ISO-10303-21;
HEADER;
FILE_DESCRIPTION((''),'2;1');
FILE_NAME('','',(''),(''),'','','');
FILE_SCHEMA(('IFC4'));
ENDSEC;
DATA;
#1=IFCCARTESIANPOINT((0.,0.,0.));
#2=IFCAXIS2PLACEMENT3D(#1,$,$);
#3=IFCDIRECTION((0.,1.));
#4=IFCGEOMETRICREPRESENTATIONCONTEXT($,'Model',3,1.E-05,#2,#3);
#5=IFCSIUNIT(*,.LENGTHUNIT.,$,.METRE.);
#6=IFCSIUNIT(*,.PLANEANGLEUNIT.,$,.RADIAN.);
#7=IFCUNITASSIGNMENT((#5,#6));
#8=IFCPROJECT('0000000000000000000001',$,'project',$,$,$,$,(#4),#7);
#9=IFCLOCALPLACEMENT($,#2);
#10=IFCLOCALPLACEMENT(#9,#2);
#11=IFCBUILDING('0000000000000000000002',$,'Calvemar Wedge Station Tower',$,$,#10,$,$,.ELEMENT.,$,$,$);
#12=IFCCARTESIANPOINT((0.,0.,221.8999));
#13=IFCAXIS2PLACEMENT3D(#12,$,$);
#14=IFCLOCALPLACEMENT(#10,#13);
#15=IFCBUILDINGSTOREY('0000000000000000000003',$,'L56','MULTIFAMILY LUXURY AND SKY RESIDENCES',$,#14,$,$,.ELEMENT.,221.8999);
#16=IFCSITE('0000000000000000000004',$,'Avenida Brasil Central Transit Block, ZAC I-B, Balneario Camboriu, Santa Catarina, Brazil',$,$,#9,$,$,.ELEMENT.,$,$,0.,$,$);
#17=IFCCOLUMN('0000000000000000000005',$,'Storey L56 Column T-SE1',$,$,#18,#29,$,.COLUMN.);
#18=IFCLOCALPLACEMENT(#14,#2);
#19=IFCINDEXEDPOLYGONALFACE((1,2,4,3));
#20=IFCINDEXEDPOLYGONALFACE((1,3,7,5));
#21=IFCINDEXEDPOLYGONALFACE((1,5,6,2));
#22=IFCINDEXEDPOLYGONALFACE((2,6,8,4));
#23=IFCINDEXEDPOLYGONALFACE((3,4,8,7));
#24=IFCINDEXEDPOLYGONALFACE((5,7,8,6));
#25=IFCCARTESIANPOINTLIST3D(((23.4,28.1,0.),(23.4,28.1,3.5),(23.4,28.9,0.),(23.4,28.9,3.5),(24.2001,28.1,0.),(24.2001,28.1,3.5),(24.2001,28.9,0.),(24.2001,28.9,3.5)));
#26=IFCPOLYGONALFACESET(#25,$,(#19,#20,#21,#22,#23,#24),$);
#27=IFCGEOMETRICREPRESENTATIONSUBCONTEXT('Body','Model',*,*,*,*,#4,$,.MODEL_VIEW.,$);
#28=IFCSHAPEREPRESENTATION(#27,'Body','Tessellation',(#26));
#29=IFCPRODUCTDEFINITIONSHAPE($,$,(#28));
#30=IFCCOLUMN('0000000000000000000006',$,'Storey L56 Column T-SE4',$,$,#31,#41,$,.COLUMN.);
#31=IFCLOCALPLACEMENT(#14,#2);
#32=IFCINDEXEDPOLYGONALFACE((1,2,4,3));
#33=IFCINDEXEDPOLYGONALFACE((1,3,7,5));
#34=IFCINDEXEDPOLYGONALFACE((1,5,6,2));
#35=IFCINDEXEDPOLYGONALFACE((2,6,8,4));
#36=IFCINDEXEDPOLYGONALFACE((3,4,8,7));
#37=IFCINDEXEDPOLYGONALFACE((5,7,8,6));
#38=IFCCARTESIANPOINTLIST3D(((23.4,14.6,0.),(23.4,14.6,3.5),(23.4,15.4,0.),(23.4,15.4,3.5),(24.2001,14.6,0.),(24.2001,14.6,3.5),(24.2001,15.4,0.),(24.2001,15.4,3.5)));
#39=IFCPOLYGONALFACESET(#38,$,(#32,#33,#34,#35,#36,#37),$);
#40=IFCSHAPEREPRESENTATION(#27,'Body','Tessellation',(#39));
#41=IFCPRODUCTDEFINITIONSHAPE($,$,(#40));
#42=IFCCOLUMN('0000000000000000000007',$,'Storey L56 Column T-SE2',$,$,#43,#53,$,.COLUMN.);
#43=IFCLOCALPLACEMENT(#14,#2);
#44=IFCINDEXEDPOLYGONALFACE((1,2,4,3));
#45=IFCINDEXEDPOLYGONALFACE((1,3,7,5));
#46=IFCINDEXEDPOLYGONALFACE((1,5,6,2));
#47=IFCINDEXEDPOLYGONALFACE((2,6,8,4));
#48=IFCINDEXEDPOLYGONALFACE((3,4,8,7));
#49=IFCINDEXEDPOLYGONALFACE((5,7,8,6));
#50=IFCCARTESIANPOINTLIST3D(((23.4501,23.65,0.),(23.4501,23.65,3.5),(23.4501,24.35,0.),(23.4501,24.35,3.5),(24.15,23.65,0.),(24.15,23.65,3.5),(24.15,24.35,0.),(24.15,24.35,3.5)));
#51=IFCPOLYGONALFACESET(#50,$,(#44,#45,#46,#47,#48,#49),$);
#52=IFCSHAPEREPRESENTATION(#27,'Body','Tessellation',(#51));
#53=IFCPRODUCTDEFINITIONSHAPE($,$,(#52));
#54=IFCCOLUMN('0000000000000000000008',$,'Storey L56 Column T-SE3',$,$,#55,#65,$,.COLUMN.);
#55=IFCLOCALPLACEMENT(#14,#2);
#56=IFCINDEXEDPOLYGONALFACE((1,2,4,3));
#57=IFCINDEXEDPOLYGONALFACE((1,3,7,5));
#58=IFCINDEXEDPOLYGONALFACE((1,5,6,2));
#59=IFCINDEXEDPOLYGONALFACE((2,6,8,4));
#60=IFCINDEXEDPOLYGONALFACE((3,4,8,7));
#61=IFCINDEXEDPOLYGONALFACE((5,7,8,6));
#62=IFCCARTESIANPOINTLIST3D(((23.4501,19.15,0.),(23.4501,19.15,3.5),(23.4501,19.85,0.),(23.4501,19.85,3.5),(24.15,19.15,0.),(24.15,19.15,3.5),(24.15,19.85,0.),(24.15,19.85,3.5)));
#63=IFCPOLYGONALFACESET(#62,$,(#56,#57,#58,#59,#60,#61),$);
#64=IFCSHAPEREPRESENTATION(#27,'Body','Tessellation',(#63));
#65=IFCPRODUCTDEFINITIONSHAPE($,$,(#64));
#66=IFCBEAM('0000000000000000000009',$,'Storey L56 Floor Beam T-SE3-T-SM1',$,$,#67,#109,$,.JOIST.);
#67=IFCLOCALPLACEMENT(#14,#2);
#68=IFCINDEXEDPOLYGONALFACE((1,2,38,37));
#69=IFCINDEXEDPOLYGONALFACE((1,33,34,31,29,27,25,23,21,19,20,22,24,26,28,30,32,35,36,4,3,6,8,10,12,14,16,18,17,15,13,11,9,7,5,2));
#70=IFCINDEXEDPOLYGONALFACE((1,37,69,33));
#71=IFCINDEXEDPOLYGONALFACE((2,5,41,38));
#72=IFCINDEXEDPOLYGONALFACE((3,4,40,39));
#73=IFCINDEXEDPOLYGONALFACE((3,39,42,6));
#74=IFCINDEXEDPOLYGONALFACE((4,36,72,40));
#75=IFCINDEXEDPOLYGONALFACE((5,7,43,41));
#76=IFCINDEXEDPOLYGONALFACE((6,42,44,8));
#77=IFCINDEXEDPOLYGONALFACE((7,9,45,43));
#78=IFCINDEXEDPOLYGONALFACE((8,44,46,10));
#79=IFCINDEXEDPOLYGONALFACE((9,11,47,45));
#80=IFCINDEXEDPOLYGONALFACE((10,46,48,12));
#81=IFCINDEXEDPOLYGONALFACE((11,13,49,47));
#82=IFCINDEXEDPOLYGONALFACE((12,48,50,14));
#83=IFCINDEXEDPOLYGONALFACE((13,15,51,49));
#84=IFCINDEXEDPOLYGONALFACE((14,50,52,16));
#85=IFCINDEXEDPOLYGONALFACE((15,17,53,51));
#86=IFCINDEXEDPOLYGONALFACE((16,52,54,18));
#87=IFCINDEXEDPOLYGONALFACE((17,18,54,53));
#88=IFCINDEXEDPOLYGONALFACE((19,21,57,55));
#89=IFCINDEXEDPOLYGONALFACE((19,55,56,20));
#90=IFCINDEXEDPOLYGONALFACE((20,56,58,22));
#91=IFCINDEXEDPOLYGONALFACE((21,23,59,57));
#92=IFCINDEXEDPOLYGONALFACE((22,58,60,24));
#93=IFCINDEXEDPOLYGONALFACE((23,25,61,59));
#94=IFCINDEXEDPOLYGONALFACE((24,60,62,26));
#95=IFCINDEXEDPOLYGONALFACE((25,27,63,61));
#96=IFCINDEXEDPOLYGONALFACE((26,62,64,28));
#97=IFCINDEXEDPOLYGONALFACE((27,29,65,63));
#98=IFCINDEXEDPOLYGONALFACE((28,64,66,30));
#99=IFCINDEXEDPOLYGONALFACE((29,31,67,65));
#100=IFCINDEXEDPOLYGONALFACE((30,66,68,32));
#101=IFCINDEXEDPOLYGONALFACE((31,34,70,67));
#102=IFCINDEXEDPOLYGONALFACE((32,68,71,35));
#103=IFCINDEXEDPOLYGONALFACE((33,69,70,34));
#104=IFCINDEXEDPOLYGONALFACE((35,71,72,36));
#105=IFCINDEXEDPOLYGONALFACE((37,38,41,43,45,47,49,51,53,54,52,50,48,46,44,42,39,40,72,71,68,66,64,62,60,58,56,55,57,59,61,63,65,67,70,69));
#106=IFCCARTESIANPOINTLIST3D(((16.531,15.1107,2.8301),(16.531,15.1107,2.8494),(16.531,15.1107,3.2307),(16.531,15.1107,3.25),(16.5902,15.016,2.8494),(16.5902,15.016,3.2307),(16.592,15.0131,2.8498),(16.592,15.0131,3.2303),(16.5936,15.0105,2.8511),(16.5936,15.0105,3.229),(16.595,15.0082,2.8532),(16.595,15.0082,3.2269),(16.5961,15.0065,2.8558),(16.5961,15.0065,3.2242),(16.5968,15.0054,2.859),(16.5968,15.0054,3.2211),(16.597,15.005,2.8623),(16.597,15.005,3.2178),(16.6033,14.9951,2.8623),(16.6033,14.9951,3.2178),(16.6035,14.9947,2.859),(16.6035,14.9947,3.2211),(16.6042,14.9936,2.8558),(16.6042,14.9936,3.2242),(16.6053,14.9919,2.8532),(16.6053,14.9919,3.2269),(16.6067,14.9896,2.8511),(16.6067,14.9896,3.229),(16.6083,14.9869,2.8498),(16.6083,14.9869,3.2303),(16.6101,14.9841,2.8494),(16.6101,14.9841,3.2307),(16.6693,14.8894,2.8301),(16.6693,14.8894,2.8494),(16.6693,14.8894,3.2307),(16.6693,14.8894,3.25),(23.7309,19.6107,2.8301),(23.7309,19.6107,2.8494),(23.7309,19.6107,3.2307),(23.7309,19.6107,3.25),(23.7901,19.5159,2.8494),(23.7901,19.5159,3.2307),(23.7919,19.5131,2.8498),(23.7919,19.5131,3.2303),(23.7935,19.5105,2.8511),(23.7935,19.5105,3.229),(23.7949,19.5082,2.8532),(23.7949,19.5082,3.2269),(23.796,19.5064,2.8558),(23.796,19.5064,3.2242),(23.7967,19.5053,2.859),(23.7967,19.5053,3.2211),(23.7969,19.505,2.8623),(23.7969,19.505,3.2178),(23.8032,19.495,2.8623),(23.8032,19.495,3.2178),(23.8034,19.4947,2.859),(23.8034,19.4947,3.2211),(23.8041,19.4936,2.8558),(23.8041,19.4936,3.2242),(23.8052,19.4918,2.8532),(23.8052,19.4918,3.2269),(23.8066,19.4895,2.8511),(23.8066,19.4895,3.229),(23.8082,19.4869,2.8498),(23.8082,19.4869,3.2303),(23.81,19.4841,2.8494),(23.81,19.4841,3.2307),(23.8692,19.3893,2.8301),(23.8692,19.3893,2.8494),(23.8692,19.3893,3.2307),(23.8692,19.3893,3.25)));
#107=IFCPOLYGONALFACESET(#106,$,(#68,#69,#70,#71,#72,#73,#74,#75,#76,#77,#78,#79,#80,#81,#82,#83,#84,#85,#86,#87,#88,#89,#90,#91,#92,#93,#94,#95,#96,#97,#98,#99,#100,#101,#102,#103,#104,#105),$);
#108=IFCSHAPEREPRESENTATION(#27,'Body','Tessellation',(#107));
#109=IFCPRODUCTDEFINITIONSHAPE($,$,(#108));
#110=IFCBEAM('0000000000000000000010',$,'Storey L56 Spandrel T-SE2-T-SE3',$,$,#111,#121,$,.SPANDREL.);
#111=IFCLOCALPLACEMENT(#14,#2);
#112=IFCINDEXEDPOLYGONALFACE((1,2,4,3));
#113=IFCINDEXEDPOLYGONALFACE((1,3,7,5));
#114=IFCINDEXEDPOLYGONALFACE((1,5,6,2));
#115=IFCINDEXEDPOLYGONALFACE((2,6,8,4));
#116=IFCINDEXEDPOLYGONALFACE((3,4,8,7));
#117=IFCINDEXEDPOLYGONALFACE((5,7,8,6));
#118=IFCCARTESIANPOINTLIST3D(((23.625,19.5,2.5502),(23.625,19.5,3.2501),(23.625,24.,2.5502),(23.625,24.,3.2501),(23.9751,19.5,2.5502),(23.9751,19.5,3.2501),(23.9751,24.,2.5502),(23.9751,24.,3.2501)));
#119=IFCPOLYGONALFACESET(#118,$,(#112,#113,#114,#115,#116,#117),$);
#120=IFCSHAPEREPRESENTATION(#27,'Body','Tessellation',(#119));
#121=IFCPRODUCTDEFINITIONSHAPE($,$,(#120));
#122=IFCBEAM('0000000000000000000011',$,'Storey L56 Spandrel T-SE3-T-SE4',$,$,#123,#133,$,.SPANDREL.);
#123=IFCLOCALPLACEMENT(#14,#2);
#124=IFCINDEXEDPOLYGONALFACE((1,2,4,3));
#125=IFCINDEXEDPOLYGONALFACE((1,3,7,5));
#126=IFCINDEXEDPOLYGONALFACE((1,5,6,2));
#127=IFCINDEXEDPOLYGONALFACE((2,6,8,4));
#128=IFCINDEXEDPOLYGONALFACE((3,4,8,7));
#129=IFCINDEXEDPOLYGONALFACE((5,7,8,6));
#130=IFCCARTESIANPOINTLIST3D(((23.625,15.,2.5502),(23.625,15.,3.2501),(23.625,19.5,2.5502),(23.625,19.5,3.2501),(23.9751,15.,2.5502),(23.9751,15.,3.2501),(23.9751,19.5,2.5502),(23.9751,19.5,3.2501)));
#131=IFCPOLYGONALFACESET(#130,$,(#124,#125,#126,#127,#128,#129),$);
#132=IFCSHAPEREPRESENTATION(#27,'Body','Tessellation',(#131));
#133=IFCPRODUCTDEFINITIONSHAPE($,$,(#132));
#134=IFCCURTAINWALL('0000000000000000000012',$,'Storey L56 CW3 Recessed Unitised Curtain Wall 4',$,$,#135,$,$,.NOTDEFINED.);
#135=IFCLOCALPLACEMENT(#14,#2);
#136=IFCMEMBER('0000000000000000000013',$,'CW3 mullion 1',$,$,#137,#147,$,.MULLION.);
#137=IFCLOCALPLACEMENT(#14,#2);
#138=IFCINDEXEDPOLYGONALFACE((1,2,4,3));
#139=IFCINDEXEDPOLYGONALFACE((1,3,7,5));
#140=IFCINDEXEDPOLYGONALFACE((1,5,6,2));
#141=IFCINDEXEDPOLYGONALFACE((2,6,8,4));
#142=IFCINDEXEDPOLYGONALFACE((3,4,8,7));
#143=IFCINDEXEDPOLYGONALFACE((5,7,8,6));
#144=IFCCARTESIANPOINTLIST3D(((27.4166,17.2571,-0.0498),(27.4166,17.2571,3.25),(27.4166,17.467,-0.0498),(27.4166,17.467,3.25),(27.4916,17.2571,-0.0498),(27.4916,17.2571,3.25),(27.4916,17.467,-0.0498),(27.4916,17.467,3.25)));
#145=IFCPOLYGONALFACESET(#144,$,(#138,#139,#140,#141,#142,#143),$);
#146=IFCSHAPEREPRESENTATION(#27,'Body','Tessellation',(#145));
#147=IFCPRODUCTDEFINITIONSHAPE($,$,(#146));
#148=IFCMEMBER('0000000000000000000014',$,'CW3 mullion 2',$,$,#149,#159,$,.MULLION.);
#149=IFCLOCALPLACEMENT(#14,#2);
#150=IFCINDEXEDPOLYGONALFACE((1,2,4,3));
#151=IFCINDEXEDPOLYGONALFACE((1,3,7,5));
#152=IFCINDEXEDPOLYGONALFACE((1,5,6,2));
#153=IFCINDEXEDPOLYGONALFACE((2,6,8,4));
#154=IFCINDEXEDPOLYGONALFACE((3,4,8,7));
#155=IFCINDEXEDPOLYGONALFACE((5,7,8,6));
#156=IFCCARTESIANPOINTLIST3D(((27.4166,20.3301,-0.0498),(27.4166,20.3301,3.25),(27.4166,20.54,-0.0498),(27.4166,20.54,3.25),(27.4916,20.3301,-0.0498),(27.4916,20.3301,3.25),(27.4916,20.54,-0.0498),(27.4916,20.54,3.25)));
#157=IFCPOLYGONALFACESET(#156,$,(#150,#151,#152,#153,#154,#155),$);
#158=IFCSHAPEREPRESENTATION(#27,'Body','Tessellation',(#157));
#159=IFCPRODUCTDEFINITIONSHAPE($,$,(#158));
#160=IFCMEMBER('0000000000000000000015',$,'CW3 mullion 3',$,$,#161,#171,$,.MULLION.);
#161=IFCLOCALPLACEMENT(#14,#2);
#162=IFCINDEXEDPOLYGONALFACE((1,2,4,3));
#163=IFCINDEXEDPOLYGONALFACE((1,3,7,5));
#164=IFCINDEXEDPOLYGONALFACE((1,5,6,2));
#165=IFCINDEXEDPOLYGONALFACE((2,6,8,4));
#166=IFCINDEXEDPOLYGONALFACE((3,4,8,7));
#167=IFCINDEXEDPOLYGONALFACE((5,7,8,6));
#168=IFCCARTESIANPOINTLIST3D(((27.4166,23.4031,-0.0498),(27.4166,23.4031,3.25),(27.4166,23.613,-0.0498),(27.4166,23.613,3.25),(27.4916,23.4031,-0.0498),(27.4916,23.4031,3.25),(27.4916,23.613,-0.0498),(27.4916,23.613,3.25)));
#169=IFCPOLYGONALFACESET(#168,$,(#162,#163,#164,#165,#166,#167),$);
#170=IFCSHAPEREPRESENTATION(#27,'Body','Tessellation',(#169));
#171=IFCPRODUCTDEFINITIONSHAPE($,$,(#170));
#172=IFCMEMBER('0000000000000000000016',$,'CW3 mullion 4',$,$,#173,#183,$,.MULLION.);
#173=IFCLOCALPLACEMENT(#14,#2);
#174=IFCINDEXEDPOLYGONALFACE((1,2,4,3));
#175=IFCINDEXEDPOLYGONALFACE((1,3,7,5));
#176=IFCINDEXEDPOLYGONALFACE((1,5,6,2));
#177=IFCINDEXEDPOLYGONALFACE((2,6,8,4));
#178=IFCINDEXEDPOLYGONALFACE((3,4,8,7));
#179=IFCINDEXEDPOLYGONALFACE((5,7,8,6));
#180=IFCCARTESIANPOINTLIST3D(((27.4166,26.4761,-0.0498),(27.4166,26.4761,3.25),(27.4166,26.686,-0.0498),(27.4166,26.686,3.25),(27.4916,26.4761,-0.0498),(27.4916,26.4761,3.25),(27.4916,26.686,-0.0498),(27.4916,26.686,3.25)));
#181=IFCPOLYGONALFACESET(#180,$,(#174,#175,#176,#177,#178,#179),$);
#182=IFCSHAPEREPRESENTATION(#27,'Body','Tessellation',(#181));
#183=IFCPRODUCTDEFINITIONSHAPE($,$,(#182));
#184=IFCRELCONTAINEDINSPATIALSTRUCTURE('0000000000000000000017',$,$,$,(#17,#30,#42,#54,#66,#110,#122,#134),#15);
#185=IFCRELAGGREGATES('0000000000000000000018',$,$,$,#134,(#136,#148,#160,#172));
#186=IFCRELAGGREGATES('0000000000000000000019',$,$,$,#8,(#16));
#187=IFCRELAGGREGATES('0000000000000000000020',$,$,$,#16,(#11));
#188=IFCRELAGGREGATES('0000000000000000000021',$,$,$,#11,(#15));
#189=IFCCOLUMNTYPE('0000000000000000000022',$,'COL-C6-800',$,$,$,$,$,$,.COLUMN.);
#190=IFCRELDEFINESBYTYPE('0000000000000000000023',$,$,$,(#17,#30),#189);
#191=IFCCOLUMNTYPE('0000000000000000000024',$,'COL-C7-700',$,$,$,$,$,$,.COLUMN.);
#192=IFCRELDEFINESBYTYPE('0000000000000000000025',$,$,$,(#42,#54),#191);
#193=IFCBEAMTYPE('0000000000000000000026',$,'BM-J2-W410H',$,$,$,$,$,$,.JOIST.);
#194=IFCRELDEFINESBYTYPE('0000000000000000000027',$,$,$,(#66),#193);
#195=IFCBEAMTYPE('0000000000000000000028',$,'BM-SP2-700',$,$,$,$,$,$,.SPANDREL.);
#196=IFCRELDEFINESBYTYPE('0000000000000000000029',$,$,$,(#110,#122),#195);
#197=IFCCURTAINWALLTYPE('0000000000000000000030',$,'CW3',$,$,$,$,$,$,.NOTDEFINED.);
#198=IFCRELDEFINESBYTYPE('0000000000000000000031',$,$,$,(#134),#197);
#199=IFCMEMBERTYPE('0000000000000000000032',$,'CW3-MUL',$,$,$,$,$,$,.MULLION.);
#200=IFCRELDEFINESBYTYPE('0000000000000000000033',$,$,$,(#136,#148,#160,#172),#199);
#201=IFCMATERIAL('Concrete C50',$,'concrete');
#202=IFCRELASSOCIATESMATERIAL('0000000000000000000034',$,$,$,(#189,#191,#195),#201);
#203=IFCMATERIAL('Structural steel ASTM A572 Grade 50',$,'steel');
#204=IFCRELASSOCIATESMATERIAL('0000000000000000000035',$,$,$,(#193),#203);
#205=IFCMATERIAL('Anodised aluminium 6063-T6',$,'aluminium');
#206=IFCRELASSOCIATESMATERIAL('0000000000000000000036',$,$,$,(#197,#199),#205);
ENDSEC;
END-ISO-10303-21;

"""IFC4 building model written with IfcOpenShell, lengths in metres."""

from ifc_helpers import new_model, si_unit, direction, frame, origin, origin_2d, place, context, subcontext, project, spatial, rectangle, i_section, extrude, source, transform, mapped, material, material_profile, profile_set, type_object, element, aggregate, save


model = new_model("IFC4")

# Units and contexts
model_context = context("Model", 3, precision=1e-05, world=origin(), true_north=direction((0.0, 1.0)))
body_context = subcontext(model_context, "Body", "Model", "MODEL_VIEW")
ifc_project = project(units=[si_unit("LENGTHUNIT", "METRE"), si_unit("PLANEANGLEUNIT", "RADIAN")], contexts=[model_context])

# Site, building, storey
site_placement = place(None, origin())
site = spatial("IfcSite", under=ifc_project, at=site_placement, Name="Avenida Brasil Central Transit Block, ZAC I-B, Balneario Camboriu, Santa Catarina, Brazil", CompositionType="ELEMENT", RefElevation=0.0)
building_placement = place(site_placement, origin())
building = spatial("IfcBuilding", under=site, at=building_placement, Name="Calvemar Wedge Station Tower", CompositionType="ELEMENT")
storey_placement = place(building_placement, frame((0.0, 0.0, 221.8999)))
storey = spatial("IfcBuildingStorey", under=building, at=storey_placement, Name="L56", Description="MULTIFAMILY LUXURY AND SKY RESIDENCES", CompositionType="ELEMENT", Elevation=221.8999)

# Columns
ifc_material_1 = material(Name="Concrete C50", Category="concrete")
ifc_material_profile_1 = material_profile(ifc_material_1, rectangle(XDim=0.8, YDim=0.8, at=origin_2d()), Name="RC800x800")
ifc_profile_set_1 = profile_set([ifc_material_profile_1], Name="Concrete C50")
column_type_1 = type_object("IfcColumnType", Name="COL-C6-800", PredefinedType="COLUMN", material=ifc_profile_set_1)
shared_shape_1 = source(origin(), body_context, "Body", "SweptSolid", [
    extrude(rectangle(XDim=0.8, YDim=0.8, at=origin_2d()), origin(), (0.0, 0.0, 1.0), 3.5),
])
for number, where, z_axis, x_axis, name in (
    (1, (23.8, 28.5, 0.0), (0.0, 0.0, 1.0), (1.0, 0.0, 0.0), "Storey L56 Column T-SE1"),
    (2, (23.8, 15.0, 0.0), (0.0, 0.0, 1.0), (1.0, 0.0, 0.0), "Storey L56 Column T-SE4"),
):
    element("IfcColumn", number, at=place(storey_placement, frame(where, z_axis=z_axis, x_axis=x_axis)), inside=storey, type_object=column_type_1, Name=name, PredefinedType="COLUMN", context=body_context, shape_type="MappedRepresentation", body=[
        mapped(shared_shape_1, transform((0.0, 0.0, 0.0), scale=1.0)),
    ])
ifc_material_profile_2 = material_profile(ifc_material_1, rectangle(XDim=0.7, YDim=0.7, at=origin_2d()), Name="RC700x700")
ifc_profile_set_2 = profile_set([ifc_material_profile_2], Name="Concrete C50")
column_type_2 = type_object("IfcColumnType", Name="COL-C7-700", PredefinedType="COLUMN", material=ifc_profile_set_2)
shared_shape_2 = source(origin(), body_context, "Body", "SweptSolid", [
    extrude(rectangle(XDim=0.7, YDim=0.7, at=origin_2d()), origin(), (0.0, 0.0, 1.0), 3.5),
])
for number, where, z_axis, x_axis, name in (
    (3, (23.8, 24.0, 0.0), (0.0, 0.0, 1.0), (1.0, 0.0, 0.0), "Storey L56 Column T-SE2"),
    (4, (23.8, 19.5, 0.0), (0.0, 0.0, 1.0), (1.0, 0.0, 0.0), "Storey L56 Column T-SE3"),
):
    element("IfcColumn", number, at=place(storey_placement, frame(where, z_axis=z_axis, x_axis=x_axis)), inside=storey, type_object=column_type_2, Name=name, PredefinedType="COLUMN", context=body_context, shape_type="MappedRepresentation", body=[
        mapped(shared_shape_2, transform((0.0, 0.0, 0.0), scale=1.0)),
    ])

# Beams
ifc_material_2 = material(Name="Structural steel ASTM A572 Grade 50", Category="steel")
ifc_material_profile_3 = material_profile(ifc_material_2, i_section(OverallWidth=0.261, OverallDepth=0.4199, WebThickness=0.0117, FlangeThickness=0.0193, FilletRadius=0.0129, at=origin_2d()), Name="W410x114")
ifc_profile_set_3 = profile_set([ifc_material_profile_3], Name="Structural steel ASTM A572 Grade 50")
beam_type_1 = type_object("IfcBeamType", Name="BM-J2-W410H", PredefinedType="JOIST", material=ifc_profile_set_3)
shared_shape_3 = source(origin(), body_context, "Body", "SweptSolid", [
    extrude(i_section(OverallWidth=0.261, OverallDepth=0.4199, WebThickness=0.0117, FlangeThickness=0.0193, FilletRadius=0.0129, at=origin_2d()), origin(), (0.0, 0.0, 1.0), 8.4905),
])
beam_placement = place(storey_placement, frame((23.8, 19.5, 3.04), z_axis=(-0.847997, -0.530002, 0.0), x_axis=(0.530002, -0.847997, 0.0)))
element("IfcBeam", 5, at=beam_placement, inside=storey, type_object=beam_type_1, Name="Storey L56 Floor Beam T-SE3-T-SM1", PredefinedType="JOIST", context=body_context, shape_type="MappedRepresentation", body=[
    mapped(shared_shape_3, transform((0.0, 0.0, 0.0), scale=1.0)),
])
ifc_material_profile_4 = material_profile(ifc_material_1, rectangle(XDim=0.3501, YDim=0.7, at=origin_2d()), Name="RC350x700")
ifc_profile_set_4 = profile_set([ifc_material_profile_4], Name="Concrete C50")
beam_type_2 = type_object("IfcBeamType", Name="BM-SP2-700", PredefinedType="SPANDREL", material=ifc_profile_set_4)
shared_shape_4 = source(origin(), body_context, "Body", "SweptSolid", [
    extrude(rectangle(XDim=0.3501, YDim=0.7, at=origin_2d()), origin(), (0.0, 0.0, 1.0), 4.5),
])
for number, where, z_axis, x_axis, name in (
    (6, (23.8, 24.0, 2.9001), (0.0, -1.0, 0.0), (1.0, 0.0, 0.0), "Storey L56 Spandrel T-SE2-T-SE3"),
    (7, (23.8, 19.5, 2.9001), (0.0, -1.0, 0.0), (1.0, 0.0, 0.0), "Storey L56 Spandrel T-SE3-T-SE4"),
):
    element("IfcBeam", number, at=place(storey_placement, frame(where, z_axis=z_axis, x_axis=x_axis)), inside=storey, type_object=beam_type_2, Name=name, PredefinedType="SPANDREL", context=body_context, shape_type="MappedRepresentation", body=[
        mapped(shared_shape_4, transform((0.0, 0.0, 0.0), scale=1.0)),
    ])

# Curtain wall, members
ifc_material_3 = material(Name="Anodised aluminium 6063-T6", Category="aluminium")
curtain_wall_type = type_object("IfcCurtainWallType", Name="CW3", PredefinedType="NOTDEFINED", material=ifc_material_3)
curtain_wall_placement = place(storey_placement, origin())
curtain_wall = element("IfcCurtainWall", 8, at=curtain_wall_placement, inside=storey, type_object=curtain_wall_type, Name="Storey L56 CW3 Recessed Unitised Curtain Wall 4", PredefinedType="NOTDEFINED")
ifc_material_profile_5 = material_profile(ifc_material_3, rectangle(XDim=0.075, YDim=0.21, at=origin_2d()), Name="AL-MUL-75x210")
ifc_profile_set_5 = profile_set([ifc_material_profile_5], Name="Anodised aluminium 6063-T6")
member_type_1 = type_object("IfcMemberType", Name="CW3-MUL", PredefinedType="MULLION", material=ifc_profile_set_5)
shared_shape_5 = source(origin(), body_context, "Body", "SweptSolid", [
    extrude(rectangle(XDim=0.075, YDim=0.21, at=origin_2d()), origin(), (0.0, 0.0, 1.0), 3.2998),
])
member_1_placement = place(storey_placement, frame((27.4541, 17.3621, -0.0498), z_axis=(0.0, 0.0, 1.0), x_axis=(1.0, 0.0, 0.0)))
member_1 = element("IfcMember", 9, at=member_1_placement, type_object=member_type_1, Name="CW3 mullion 1", PredefinedType="MULLION", context=body_context, shape_type="MappedRepresentation", body=[
    mapped(shared_shape_5, transform((0.0, 0.0, 0.0), scale=1.0)),
])
member_2_placement = place(storey_placement, frame((27.4541, 20.4351, -0.0498), z_axis=(0.0, 0.0, 1.0), x_axis=(1.0, 0.0, 0.0)))
member_2 = element("IfcMember", 10, at=member_2_placement, type_object=member_type_1, Name="CW3 mullion 2", PredefinedType="MULLION", context=body_context, shape_type="MappedRepresentation", body=[
    mapped(shared_shape_5, transform((0.0, 0.0, 0.0), scale=1.0)),
])
member_3_placement = place(storey_placement, frame((27.4541, 23.5081, -0.0498), z_axis=(0.0, 0.0, 1.0), x_axis=(1.0, 0.0, 0.0)))
member_3 = element("IfcMember", 11, at=member_3_placement, type_object=member_type_1, Name="CW3 mullion 3", PredefinedType="MULLION", context=body_context, shape_type="MappedRepresentation", body=[
    mapped(shared_shape_5, transform((0.0, 0.0, 0.0), scale=1.0)),
])
member_4_placement = place(storey_placement, frame((27.4541, 26.5811, -0.0498), z_axis=(0.0, 0.0, 1.0), x_axis=(1.0, 0.0, 0.0)))
member_4 = element("IfcMember", 12, at=member_4_placement, type_object=member_type_1, Name="CW3 mullion 4", PredefinedType="MULLION", context=body_context, shape_type="MappedRepresentation", body=[
    mapped(shared_shape_5, transform((0.0, 0.0, 0.0), scale=1.0)),
])
aggregate(curtain_wall, [member_1, member_2, member_3, member_4])

save(model, "model.ifc")
